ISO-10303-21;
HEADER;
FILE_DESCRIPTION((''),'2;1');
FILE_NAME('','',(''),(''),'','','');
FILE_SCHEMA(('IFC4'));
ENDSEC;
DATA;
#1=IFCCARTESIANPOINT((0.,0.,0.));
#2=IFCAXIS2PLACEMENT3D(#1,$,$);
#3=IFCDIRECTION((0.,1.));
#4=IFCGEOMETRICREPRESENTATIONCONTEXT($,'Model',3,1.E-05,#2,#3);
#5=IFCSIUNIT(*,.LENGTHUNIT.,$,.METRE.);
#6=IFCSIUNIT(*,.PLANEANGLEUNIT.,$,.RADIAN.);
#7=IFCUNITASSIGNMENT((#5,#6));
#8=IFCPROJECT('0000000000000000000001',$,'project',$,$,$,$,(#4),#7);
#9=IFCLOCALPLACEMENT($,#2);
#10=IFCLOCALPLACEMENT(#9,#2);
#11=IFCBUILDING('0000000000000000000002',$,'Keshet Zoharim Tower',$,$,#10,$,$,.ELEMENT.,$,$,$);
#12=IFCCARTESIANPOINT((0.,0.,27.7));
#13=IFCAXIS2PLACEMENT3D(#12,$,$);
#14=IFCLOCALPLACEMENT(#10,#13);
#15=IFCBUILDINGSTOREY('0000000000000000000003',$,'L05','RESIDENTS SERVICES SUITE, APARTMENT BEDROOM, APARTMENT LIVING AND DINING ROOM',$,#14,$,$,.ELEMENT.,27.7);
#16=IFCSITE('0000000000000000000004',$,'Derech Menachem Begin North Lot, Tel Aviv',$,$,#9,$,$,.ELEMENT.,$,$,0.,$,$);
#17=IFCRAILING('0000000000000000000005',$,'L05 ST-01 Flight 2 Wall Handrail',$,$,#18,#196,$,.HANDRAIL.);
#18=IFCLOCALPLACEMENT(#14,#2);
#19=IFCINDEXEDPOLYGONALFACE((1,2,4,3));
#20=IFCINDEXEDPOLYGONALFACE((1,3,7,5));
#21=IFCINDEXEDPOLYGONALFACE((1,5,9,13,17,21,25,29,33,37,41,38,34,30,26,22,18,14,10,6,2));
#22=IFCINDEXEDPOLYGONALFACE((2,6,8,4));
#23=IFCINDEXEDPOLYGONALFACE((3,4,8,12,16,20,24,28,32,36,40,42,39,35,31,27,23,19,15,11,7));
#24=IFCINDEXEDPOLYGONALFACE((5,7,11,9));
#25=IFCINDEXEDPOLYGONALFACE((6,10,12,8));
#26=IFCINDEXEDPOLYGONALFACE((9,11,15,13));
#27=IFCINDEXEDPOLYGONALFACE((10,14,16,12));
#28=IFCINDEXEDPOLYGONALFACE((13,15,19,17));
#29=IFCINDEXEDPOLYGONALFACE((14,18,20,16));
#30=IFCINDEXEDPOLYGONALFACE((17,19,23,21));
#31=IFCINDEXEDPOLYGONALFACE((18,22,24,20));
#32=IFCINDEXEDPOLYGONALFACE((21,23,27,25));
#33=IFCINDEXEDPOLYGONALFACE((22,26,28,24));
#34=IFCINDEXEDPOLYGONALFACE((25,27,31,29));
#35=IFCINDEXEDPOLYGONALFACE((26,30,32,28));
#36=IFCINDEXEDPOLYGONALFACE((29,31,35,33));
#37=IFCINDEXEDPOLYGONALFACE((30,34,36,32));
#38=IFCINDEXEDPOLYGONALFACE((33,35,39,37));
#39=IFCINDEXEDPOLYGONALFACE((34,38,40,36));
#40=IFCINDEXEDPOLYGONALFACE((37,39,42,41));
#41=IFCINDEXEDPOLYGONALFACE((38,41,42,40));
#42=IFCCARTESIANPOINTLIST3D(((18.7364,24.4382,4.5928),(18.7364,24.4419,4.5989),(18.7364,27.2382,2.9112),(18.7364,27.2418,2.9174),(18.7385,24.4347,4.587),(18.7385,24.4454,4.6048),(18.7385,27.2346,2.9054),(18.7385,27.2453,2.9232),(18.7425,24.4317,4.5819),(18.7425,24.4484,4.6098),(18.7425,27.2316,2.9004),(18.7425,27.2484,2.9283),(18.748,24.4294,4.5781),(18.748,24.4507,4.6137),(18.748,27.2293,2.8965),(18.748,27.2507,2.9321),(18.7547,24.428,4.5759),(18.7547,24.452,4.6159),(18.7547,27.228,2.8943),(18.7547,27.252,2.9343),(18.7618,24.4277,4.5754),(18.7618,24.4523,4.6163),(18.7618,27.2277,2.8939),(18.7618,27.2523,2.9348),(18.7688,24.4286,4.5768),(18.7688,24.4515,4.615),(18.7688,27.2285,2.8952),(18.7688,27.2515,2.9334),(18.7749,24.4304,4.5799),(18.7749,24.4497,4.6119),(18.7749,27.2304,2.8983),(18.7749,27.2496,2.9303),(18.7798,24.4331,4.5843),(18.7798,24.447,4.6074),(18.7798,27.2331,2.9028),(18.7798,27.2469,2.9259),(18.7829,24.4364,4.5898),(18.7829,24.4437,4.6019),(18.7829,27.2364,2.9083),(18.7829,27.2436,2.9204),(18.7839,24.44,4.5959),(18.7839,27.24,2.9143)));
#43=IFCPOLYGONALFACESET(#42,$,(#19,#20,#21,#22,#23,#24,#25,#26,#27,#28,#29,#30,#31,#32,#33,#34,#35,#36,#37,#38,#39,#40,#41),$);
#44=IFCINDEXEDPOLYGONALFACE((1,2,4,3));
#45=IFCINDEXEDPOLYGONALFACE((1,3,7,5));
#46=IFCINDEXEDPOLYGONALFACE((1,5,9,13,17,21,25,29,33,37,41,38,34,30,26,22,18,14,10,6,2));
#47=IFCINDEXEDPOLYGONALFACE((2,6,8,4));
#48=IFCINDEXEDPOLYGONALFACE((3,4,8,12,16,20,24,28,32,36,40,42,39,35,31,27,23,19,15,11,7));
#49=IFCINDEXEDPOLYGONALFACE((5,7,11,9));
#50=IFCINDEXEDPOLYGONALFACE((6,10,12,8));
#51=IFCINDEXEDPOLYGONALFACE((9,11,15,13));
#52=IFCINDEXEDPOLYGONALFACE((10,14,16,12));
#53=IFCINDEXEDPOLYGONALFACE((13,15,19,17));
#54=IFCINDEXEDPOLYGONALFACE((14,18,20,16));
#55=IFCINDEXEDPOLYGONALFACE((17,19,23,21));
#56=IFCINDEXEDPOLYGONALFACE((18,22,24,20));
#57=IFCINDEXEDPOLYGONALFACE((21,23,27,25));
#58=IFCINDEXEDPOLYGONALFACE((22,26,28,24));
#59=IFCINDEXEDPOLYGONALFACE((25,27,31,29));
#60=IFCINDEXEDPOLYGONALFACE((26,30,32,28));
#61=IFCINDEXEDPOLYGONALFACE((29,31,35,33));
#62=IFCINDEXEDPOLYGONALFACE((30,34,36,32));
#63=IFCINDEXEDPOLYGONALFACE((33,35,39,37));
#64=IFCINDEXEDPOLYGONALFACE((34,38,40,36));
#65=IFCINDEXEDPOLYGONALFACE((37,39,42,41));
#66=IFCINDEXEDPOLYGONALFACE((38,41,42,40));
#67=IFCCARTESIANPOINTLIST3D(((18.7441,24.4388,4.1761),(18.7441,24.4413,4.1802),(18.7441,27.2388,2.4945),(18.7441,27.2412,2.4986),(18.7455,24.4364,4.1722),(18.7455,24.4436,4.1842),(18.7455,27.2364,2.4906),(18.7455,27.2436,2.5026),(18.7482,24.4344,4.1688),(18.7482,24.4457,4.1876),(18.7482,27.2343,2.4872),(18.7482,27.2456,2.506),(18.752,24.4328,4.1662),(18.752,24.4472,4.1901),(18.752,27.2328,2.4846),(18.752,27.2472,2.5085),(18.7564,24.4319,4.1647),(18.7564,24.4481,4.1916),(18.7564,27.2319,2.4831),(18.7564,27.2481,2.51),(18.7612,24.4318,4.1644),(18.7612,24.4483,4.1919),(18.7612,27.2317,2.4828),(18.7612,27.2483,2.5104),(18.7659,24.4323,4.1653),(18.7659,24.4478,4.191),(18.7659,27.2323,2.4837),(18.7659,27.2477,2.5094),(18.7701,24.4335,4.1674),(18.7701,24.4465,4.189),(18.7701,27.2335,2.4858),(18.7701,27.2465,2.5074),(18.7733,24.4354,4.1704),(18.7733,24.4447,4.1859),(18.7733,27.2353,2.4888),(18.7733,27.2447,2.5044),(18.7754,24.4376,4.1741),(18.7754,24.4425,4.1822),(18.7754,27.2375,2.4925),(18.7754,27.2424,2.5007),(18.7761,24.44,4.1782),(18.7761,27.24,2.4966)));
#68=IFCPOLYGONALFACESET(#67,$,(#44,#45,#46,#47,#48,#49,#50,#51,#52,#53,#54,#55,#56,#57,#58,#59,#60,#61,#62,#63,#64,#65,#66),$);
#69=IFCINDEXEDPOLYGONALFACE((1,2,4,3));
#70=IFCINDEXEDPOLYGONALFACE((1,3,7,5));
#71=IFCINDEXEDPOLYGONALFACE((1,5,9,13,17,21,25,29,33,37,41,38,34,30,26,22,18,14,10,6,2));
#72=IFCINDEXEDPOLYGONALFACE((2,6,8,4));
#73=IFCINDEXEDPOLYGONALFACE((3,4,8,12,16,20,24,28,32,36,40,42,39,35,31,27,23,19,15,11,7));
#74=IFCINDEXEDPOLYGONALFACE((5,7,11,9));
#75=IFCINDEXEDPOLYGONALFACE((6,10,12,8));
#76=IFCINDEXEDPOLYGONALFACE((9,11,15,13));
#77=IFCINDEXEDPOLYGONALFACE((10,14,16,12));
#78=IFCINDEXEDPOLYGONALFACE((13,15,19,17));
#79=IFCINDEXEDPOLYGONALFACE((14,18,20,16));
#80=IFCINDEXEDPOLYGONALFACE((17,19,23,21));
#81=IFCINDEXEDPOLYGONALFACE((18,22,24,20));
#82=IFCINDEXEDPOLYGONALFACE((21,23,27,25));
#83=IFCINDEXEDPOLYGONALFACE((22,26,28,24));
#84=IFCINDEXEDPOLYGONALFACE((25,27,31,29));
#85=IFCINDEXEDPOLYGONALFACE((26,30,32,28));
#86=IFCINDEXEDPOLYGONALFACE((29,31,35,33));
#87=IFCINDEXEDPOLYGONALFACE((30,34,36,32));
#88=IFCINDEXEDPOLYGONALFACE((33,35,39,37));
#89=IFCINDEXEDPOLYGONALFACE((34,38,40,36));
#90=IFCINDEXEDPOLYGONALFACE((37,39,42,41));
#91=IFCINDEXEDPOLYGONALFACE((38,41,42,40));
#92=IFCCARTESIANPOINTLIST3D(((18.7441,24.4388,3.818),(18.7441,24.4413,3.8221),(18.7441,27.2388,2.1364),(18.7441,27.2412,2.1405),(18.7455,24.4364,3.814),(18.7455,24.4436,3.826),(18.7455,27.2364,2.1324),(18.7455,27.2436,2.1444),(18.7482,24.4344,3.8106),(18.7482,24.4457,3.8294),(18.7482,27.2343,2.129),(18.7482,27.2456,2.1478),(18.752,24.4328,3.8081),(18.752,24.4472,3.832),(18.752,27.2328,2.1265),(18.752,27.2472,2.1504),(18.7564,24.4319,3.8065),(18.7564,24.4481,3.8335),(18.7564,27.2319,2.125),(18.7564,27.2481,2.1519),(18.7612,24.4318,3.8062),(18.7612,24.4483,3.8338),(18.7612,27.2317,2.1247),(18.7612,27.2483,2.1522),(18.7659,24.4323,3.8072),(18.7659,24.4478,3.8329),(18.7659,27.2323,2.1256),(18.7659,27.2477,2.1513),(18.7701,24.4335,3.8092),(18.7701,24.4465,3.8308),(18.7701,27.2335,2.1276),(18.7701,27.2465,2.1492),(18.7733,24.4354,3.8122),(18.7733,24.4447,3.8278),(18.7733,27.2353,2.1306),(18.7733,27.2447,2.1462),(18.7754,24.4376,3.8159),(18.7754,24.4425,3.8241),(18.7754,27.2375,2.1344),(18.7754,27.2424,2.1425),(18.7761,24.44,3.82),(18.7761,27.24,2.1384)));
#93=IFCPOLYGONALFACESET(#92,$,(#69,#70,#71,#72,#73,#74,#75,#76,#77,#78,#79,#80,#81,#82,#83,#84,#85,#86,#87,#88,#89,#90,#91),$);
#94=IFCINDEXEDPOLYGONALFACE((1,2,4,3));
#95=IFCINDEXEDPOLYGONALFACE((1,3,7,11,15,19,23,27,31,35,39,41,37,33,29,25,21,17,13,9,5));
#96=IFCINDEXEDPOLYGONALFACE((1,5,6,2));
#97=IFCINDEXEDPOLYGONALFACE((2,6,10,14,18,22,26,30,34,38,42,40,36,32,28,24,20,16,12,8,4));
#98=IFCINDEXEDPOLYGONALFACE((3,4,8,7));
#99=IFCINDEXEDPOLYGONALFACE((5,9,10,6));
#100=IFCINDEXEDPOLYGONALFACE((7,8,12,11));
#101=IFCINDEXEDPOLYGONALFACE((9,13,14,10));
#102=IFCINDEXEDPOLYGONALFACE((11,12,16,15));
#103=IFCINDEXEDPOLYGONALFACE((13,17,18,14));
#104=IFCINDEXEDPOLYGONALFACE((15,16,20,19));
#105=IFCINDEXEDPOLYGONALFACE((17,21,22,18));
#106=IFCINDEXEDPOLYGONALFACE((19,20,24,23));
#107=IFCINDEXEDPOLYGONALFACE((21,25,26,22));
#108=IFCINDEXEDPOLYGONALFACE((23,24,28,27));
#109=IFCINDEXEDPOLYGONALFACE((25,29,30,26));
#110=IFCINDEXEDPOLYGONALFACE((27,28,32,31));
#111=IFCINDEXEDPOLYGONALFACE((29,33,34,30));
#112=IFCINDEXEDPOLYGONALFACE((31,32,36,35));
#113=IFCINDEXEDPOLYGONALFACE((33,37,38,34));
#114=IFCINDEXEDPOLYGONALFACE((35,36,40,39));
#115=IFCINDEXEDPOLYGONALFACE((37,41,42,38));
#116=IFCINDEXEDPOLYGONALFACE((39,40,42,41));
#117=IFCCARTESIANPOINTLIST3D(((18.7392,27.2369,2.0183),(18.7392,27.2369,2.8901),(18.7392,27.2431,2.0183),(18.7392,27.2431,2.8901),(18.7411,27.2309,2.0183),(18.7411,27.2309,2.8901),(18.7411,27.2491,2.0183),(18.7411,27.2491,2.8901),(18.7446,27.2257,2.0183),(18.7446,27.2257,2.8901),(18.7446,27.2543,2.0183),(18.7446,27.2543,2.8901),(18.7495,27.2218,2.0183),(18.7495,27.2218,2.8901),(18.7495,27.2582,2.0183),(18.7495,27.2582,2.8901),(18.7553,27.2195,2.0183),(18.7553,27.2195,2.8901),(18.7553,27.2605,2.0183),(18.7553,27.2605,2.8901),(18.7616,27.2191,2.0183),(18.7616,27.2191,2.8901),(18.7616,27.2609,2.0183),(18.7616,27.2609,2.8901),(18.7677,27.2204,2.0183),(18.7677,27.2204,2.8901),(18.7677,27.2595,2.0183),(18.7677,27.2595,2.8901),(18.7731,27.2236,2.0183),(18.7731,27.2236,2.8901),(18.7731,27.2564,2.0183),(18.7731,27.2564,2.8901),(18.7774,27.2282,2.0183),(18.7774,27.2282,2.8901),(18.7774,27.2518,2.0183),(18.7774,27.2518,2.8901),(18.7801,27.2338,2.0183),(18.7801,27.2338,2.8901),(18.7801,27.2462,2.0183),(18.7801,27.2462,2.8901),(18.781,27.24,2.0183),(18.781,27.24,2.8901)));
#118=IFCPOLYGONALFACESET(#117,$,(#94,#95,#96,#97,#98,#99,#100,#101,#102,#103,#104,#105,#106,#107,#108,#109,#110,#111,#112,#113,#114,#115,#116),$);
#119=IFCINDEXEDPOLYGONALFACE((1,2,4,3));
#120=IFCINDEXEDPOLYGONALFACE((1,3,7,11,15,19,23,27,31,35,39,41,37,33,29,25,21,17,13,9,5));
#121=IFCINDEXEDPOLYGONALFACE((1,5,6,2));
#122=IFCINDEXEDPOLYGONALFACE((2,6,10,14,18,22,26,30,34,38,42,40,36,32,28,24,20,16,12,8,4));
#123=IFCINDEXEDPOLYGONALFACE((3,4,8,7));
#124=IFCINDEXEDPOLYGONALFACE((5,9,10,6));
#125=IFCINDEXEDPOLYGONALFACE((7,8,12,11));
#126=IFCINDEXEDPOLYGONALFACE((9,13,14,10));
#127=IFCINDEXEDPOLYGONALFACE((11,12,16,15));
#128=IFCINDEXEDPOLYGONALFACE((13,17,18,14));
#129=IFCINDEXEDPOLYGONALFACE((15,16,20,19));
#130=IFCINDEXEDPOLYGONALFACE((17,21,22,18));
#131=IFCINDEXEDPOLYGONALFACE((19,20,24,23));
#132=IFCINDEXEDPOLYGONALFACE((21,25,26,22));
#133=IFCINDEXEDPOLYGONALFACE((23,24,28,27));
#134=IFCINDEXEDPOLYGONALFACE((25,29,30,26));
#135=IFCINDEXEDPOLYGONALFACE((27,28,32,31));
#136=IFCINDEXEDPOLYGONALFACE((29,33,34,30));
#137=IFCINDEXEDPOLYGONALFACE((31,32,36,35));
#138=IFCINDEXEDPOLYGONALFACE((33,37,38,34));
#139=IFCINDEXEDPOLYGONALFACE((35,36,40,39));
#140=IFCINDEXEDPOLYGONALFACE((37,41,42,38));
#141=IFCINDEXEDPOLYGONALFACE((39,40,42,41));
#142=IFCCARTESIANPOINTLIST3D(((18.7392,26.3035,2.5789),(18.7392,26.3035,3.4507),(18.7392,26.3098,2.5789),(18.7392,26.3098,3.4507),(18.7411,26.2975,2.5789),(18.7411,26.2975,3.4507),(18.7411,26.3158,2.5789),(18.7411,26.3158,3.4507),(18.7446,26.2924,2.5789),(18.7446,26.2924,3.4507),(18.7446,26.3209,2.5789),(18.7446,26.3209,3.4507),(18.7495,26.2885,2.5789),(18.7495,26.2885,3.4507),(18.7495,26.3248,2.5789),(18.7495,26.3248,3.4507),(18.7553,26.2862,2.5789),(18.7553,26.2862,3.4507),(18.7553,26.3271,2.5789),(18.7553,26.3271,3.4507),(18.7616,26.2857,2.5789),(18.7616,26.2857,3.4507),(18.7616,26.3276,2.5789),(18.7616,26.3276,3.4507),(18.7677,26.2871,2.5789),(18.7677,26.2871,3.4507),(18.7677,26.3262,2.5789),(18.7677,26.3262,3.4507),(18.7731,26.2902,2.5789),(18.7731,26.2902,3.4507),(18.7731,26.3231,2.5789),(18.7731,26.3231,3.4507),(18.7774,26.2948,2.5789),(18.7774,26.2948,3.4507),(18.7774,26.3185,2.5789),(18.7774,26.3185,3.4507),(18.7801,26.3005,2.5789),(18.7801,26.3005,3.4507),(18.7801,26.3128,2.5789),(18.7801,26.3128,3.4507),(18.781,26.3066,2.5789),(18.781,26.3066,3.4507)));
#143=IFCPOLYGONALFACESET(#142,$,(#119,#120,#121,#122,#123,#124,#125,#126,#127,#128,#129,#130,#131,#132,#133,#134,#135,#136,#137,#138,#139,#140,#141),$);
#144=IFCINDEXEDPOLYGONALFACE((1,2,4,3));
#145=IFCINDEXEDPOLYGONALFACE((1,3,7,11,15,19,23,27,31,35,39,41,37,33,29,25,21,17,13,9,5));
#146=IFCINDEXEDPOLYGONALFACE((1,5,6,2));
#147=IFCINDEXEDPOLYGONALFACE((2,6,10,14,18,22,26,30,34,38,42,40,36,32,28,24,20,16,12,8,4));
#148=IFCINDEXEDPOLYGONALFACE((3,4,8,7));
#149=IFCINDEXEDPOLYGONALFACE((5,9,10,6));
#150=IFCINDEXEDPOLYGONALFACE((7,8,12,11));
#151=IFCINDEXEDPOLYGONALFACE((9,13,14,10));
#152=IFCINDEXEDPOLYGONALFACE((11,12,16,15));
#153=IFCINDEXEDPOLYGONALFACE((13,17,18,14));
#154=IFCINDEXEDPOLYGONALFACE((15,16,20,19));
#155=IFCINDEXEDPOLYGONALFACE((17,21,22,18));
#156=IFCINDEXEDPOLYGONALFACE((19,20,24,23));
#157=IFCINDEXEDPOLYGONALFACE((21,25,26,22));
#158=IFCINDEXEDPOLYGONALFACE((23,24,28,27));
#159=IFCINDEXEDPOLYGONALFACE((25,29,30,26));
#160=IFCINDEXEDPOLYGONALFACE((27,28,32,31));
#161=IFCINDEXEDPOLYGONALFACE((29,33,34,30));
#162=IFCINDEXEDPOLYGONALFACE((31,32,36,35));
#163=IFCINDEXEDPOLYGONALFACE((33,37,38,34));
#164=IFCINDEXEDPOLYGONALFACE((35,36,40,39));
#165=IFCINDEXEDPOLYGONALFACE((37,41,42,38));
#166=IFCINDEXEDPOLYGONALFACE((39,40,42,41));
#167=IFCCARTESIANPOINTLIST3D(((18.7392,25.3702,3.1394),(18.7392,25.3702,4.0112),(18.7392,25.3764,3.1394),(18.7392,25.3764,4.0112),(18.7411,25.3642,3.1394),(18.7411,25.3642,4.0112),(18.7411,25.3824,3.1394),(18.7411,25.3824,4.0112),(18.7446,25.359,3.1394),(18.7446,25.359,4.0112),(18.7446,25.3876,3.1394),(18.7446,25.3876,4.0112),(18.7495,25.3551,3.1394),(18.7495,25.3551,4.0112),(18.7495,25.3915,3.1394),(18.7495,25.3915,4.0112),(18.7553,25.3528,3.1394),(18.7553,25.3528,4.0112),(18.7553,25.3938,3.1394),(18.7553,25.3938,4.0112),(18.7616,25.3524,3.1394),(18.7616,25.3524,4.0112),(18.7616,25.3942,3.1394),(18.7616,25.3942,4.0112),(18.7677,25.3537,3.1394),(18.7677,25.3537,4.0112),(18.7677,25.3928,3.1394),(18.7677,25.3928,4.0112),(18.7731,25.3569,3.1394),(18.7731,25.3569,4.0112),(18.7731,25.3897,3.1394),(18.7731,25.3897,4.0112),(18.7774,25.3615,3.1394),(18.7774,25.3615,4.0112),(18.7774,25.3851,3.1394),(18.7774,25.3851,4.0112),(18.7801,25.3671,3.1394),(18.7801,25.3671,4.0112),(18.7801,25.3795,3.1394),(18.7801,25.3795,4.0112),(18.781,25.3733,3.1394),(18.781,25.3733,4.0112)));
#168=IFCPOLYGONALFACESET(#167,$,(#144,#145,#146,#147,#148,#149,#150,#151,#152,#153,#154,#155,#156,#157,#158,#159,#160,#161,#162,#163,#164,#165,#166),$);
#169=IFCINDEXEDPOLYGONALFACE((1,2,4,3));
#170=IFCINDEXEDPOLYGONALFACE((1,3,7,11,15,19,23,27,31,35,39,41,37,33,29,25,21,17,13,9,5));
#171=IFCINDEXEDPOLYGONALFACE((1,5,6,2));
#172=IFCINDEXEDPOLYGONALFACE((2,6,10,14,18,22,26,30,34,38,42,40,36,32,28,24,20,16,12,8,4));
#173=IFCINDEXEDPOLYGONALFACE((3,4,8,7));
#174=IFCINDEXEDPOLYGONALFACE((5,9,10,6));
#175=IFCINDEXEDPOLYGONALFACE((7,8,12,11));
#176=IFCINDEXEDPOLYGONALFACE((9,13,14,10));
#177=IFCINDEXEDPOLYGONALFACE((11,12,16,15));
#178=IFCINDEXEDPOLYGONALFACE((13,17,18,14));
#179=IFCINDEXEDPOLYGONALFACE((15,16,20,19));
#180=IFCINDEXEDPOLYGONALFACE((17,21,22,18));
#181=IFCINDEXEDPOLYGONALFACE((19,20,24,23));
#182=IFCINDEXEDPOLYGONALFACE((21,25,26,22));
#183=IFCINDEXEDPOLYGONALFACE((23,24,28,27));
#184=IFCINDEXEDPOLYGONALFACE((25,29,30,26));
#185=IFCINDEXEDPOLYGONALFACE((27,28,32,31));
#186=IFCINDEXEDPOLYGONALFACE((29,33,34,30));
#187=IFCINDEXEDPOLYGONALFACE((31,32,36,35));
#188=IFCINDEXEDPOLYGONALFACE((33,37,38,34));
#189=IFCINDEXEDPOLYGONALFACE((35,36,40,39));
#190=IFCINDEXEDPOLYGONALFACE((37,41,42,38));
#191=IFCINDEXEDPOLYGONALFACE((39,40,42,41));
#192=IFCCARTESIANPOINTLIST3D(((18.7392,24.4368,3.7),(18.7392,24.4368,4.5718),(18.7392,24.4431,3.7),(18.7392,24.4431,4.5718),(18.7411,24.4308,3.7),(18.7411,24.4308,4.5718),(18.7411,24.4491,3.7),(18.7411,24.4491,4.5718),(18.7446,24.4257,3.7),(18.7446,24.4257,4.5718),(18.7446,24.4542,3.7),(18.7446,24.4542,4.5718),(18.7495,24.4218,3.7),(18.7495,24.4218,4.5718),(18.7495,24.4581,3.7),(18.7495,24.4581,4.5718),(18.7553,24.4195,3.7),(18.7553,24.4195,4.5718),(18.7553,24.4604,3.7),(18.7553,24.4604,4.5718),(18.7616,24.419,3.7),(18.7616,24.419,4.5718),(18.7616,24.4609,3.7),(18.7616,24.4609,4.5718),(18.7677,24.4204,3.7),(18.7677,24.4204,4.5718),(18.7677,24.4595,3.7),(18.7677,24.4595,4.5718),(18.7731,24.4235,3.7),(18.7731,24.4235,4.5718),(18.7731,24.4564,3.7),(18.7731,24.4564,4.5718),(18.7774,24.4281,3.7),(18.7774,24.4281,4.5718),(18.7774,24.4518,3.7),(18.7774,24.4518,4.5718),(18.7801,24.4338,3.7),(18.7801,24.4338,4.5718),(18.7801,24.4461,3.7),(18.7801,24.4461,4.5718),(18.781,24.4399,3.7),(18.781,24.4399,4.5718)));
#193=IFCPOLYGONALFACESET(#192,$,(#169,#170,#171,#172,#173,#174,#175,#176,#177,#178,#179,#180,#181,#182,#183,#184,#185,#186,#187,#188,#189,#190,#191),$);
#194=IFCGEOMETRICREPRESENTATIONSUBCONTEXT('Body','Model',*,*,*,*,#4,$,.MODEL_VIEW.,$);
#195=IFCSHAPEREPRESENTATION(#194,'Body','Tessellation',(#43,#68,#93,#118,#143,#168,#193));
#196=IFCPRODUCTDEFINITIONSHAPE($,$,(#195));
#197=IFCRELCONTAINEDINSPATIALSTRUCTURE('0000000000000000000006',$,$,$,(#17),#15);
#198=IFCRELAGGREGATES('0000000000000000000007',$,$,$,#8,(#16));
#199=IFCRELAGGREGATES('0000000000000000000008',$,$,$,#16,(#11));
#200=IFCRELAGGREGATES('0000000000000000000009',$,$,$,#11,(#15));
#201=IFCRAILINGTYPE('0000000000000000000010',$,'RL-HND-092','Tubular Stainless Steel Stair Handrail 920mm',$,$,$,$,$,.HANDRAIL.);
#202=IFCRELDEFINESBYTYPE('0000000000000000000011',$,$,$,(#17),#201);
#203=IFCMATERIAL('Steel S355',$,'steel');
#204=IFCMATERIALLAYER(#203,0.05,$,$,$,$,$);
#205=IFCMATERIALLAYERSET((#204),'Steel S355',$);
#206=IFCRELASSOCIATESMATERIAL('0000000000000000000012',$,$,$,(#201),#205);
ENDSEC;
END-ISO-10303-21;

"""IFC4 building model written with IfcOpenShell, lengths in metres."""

from ifc_helpers import new_model, si_unit, direction, frame, origin, origin_2d, place, context, subcontext, project, spatial, circle, extrude, material, layer, layer_set, type_object, element, save


model = new_model("IFC4")

# Units and contexts
model_context = context("Model", 3, precision=1e-05, world=origin(), true_north=direction((0.0, 1.0)))
body_context = subcontext(model_context, "Body", "Model", "MODEL_VIEW")
ifc_project = project(units=[si_unit("LENGTHUNIT", "METRE"), si_unit("PLANEANGLEUNIT", "RADIAN")], contexts=[model_context])

# Site, building, storey
site_placement = place(None, origin())
site = spatial("IfcSite", under=ifc_project, at=site_placement, Name="Derech Menachem Begin North Lot, Tel Aviv", CompositionType="ELEMENT", RefElevation=0.0)
building_placement = place(site_placement, origin())
building = spatial("IfcBuilding", under=site, at=building_placement, Name="Keshet Zoharim Tower", CompositionType="ELEMENT")
storey_placement = place(building_placement, frame((0.0, 0.0, 27.7)))
storey = spatial("IfcBuildingStorey", under=building, at=storey_placement, Name="L05", Description="RESIDENTS SERVICES SUITE, APARTMENT BEDROOM, APARTMENT LIVING AND DINING ROOM", CompositionType="ELEMENT", Elevation=27.7)

# Railing
ifc_material_1 = material(Name="Steel S355", Category="steel")
ifc_layer_1 = layer(ifc_material_1, 0.05)
ifc_layer_set_1 = layer_set([ifc_layer_1], Name="Steel S355")
railing_type_1 = type_object("IfcRailingType", Name="RL-HND-092", Description="Tubular Stainless Steel Stair Handrail 920mm", PredefinedType="HANDRAIL", material=ifc_layer_set_1)
railing_1_placement = place(storey_placement, frame((18.76, 27.24, 2.0183)))
element("IfcRailing", 1, at=railing_1_placement, inside=storey, type_object=railing_type_1, Name="L05 ST-01 Flight 2 Wall Handrail", PredefinedType="HANDRAIL", context=body_context, shape_type="SweptSolid", body=[
    extrude(circle(Radius=0.0239, at=origin_2d()), frame((0.0, 0.0, 0.896), z_axis=(0.0, -0.857275, 0.514858), x_axis=(1.0, 0.0, 0.0)), (0.0, 0.0, 1.0), 3.2661),
    extrude(circle(Radius=0.0161, at=origin_2d()), frame((0.0, 0.0, 0.4783), z_axis=(0.0, -0.857275, 0.514858), x_axis=(1.0, 0.0, 0.0)), (0.0, 0.0, 1.0), 3.2661),
    extrude(circle(Radius=0.0161, at=origin_2d()), frame((0.0, 0.0, 0.1201), z_axis=(0.0, -0.857275, 0.514858), x_axis=(1.0, 0.0, 0.0)), (0.0, 0.0, 1.0), 3.2661),
    extrude(circle(Radius=0.021, at=origin_2d()), origin(), (0.0, 0.0, 1.0), 0.8718),
    extrude(circle(Radius=0.021, at=origin_2d()), frame((0.0, -0.9333, 0.5605)), (0.0, 0.0, 1.0), 0.8718),
    extrude(circle(Radius=0.021, at=origin_2d()), frame((0.0, -1.8667, 1.1211)), (0.0, 0.0, 1.0), 0.8718),
    extrude(circle(Radius=0.021, at=origin_2d()), frame((0.0, -2.8, 1.6816)), (0.0, 0.0, 1.0), 0.8718),
])

save(model, "model.ifc")
